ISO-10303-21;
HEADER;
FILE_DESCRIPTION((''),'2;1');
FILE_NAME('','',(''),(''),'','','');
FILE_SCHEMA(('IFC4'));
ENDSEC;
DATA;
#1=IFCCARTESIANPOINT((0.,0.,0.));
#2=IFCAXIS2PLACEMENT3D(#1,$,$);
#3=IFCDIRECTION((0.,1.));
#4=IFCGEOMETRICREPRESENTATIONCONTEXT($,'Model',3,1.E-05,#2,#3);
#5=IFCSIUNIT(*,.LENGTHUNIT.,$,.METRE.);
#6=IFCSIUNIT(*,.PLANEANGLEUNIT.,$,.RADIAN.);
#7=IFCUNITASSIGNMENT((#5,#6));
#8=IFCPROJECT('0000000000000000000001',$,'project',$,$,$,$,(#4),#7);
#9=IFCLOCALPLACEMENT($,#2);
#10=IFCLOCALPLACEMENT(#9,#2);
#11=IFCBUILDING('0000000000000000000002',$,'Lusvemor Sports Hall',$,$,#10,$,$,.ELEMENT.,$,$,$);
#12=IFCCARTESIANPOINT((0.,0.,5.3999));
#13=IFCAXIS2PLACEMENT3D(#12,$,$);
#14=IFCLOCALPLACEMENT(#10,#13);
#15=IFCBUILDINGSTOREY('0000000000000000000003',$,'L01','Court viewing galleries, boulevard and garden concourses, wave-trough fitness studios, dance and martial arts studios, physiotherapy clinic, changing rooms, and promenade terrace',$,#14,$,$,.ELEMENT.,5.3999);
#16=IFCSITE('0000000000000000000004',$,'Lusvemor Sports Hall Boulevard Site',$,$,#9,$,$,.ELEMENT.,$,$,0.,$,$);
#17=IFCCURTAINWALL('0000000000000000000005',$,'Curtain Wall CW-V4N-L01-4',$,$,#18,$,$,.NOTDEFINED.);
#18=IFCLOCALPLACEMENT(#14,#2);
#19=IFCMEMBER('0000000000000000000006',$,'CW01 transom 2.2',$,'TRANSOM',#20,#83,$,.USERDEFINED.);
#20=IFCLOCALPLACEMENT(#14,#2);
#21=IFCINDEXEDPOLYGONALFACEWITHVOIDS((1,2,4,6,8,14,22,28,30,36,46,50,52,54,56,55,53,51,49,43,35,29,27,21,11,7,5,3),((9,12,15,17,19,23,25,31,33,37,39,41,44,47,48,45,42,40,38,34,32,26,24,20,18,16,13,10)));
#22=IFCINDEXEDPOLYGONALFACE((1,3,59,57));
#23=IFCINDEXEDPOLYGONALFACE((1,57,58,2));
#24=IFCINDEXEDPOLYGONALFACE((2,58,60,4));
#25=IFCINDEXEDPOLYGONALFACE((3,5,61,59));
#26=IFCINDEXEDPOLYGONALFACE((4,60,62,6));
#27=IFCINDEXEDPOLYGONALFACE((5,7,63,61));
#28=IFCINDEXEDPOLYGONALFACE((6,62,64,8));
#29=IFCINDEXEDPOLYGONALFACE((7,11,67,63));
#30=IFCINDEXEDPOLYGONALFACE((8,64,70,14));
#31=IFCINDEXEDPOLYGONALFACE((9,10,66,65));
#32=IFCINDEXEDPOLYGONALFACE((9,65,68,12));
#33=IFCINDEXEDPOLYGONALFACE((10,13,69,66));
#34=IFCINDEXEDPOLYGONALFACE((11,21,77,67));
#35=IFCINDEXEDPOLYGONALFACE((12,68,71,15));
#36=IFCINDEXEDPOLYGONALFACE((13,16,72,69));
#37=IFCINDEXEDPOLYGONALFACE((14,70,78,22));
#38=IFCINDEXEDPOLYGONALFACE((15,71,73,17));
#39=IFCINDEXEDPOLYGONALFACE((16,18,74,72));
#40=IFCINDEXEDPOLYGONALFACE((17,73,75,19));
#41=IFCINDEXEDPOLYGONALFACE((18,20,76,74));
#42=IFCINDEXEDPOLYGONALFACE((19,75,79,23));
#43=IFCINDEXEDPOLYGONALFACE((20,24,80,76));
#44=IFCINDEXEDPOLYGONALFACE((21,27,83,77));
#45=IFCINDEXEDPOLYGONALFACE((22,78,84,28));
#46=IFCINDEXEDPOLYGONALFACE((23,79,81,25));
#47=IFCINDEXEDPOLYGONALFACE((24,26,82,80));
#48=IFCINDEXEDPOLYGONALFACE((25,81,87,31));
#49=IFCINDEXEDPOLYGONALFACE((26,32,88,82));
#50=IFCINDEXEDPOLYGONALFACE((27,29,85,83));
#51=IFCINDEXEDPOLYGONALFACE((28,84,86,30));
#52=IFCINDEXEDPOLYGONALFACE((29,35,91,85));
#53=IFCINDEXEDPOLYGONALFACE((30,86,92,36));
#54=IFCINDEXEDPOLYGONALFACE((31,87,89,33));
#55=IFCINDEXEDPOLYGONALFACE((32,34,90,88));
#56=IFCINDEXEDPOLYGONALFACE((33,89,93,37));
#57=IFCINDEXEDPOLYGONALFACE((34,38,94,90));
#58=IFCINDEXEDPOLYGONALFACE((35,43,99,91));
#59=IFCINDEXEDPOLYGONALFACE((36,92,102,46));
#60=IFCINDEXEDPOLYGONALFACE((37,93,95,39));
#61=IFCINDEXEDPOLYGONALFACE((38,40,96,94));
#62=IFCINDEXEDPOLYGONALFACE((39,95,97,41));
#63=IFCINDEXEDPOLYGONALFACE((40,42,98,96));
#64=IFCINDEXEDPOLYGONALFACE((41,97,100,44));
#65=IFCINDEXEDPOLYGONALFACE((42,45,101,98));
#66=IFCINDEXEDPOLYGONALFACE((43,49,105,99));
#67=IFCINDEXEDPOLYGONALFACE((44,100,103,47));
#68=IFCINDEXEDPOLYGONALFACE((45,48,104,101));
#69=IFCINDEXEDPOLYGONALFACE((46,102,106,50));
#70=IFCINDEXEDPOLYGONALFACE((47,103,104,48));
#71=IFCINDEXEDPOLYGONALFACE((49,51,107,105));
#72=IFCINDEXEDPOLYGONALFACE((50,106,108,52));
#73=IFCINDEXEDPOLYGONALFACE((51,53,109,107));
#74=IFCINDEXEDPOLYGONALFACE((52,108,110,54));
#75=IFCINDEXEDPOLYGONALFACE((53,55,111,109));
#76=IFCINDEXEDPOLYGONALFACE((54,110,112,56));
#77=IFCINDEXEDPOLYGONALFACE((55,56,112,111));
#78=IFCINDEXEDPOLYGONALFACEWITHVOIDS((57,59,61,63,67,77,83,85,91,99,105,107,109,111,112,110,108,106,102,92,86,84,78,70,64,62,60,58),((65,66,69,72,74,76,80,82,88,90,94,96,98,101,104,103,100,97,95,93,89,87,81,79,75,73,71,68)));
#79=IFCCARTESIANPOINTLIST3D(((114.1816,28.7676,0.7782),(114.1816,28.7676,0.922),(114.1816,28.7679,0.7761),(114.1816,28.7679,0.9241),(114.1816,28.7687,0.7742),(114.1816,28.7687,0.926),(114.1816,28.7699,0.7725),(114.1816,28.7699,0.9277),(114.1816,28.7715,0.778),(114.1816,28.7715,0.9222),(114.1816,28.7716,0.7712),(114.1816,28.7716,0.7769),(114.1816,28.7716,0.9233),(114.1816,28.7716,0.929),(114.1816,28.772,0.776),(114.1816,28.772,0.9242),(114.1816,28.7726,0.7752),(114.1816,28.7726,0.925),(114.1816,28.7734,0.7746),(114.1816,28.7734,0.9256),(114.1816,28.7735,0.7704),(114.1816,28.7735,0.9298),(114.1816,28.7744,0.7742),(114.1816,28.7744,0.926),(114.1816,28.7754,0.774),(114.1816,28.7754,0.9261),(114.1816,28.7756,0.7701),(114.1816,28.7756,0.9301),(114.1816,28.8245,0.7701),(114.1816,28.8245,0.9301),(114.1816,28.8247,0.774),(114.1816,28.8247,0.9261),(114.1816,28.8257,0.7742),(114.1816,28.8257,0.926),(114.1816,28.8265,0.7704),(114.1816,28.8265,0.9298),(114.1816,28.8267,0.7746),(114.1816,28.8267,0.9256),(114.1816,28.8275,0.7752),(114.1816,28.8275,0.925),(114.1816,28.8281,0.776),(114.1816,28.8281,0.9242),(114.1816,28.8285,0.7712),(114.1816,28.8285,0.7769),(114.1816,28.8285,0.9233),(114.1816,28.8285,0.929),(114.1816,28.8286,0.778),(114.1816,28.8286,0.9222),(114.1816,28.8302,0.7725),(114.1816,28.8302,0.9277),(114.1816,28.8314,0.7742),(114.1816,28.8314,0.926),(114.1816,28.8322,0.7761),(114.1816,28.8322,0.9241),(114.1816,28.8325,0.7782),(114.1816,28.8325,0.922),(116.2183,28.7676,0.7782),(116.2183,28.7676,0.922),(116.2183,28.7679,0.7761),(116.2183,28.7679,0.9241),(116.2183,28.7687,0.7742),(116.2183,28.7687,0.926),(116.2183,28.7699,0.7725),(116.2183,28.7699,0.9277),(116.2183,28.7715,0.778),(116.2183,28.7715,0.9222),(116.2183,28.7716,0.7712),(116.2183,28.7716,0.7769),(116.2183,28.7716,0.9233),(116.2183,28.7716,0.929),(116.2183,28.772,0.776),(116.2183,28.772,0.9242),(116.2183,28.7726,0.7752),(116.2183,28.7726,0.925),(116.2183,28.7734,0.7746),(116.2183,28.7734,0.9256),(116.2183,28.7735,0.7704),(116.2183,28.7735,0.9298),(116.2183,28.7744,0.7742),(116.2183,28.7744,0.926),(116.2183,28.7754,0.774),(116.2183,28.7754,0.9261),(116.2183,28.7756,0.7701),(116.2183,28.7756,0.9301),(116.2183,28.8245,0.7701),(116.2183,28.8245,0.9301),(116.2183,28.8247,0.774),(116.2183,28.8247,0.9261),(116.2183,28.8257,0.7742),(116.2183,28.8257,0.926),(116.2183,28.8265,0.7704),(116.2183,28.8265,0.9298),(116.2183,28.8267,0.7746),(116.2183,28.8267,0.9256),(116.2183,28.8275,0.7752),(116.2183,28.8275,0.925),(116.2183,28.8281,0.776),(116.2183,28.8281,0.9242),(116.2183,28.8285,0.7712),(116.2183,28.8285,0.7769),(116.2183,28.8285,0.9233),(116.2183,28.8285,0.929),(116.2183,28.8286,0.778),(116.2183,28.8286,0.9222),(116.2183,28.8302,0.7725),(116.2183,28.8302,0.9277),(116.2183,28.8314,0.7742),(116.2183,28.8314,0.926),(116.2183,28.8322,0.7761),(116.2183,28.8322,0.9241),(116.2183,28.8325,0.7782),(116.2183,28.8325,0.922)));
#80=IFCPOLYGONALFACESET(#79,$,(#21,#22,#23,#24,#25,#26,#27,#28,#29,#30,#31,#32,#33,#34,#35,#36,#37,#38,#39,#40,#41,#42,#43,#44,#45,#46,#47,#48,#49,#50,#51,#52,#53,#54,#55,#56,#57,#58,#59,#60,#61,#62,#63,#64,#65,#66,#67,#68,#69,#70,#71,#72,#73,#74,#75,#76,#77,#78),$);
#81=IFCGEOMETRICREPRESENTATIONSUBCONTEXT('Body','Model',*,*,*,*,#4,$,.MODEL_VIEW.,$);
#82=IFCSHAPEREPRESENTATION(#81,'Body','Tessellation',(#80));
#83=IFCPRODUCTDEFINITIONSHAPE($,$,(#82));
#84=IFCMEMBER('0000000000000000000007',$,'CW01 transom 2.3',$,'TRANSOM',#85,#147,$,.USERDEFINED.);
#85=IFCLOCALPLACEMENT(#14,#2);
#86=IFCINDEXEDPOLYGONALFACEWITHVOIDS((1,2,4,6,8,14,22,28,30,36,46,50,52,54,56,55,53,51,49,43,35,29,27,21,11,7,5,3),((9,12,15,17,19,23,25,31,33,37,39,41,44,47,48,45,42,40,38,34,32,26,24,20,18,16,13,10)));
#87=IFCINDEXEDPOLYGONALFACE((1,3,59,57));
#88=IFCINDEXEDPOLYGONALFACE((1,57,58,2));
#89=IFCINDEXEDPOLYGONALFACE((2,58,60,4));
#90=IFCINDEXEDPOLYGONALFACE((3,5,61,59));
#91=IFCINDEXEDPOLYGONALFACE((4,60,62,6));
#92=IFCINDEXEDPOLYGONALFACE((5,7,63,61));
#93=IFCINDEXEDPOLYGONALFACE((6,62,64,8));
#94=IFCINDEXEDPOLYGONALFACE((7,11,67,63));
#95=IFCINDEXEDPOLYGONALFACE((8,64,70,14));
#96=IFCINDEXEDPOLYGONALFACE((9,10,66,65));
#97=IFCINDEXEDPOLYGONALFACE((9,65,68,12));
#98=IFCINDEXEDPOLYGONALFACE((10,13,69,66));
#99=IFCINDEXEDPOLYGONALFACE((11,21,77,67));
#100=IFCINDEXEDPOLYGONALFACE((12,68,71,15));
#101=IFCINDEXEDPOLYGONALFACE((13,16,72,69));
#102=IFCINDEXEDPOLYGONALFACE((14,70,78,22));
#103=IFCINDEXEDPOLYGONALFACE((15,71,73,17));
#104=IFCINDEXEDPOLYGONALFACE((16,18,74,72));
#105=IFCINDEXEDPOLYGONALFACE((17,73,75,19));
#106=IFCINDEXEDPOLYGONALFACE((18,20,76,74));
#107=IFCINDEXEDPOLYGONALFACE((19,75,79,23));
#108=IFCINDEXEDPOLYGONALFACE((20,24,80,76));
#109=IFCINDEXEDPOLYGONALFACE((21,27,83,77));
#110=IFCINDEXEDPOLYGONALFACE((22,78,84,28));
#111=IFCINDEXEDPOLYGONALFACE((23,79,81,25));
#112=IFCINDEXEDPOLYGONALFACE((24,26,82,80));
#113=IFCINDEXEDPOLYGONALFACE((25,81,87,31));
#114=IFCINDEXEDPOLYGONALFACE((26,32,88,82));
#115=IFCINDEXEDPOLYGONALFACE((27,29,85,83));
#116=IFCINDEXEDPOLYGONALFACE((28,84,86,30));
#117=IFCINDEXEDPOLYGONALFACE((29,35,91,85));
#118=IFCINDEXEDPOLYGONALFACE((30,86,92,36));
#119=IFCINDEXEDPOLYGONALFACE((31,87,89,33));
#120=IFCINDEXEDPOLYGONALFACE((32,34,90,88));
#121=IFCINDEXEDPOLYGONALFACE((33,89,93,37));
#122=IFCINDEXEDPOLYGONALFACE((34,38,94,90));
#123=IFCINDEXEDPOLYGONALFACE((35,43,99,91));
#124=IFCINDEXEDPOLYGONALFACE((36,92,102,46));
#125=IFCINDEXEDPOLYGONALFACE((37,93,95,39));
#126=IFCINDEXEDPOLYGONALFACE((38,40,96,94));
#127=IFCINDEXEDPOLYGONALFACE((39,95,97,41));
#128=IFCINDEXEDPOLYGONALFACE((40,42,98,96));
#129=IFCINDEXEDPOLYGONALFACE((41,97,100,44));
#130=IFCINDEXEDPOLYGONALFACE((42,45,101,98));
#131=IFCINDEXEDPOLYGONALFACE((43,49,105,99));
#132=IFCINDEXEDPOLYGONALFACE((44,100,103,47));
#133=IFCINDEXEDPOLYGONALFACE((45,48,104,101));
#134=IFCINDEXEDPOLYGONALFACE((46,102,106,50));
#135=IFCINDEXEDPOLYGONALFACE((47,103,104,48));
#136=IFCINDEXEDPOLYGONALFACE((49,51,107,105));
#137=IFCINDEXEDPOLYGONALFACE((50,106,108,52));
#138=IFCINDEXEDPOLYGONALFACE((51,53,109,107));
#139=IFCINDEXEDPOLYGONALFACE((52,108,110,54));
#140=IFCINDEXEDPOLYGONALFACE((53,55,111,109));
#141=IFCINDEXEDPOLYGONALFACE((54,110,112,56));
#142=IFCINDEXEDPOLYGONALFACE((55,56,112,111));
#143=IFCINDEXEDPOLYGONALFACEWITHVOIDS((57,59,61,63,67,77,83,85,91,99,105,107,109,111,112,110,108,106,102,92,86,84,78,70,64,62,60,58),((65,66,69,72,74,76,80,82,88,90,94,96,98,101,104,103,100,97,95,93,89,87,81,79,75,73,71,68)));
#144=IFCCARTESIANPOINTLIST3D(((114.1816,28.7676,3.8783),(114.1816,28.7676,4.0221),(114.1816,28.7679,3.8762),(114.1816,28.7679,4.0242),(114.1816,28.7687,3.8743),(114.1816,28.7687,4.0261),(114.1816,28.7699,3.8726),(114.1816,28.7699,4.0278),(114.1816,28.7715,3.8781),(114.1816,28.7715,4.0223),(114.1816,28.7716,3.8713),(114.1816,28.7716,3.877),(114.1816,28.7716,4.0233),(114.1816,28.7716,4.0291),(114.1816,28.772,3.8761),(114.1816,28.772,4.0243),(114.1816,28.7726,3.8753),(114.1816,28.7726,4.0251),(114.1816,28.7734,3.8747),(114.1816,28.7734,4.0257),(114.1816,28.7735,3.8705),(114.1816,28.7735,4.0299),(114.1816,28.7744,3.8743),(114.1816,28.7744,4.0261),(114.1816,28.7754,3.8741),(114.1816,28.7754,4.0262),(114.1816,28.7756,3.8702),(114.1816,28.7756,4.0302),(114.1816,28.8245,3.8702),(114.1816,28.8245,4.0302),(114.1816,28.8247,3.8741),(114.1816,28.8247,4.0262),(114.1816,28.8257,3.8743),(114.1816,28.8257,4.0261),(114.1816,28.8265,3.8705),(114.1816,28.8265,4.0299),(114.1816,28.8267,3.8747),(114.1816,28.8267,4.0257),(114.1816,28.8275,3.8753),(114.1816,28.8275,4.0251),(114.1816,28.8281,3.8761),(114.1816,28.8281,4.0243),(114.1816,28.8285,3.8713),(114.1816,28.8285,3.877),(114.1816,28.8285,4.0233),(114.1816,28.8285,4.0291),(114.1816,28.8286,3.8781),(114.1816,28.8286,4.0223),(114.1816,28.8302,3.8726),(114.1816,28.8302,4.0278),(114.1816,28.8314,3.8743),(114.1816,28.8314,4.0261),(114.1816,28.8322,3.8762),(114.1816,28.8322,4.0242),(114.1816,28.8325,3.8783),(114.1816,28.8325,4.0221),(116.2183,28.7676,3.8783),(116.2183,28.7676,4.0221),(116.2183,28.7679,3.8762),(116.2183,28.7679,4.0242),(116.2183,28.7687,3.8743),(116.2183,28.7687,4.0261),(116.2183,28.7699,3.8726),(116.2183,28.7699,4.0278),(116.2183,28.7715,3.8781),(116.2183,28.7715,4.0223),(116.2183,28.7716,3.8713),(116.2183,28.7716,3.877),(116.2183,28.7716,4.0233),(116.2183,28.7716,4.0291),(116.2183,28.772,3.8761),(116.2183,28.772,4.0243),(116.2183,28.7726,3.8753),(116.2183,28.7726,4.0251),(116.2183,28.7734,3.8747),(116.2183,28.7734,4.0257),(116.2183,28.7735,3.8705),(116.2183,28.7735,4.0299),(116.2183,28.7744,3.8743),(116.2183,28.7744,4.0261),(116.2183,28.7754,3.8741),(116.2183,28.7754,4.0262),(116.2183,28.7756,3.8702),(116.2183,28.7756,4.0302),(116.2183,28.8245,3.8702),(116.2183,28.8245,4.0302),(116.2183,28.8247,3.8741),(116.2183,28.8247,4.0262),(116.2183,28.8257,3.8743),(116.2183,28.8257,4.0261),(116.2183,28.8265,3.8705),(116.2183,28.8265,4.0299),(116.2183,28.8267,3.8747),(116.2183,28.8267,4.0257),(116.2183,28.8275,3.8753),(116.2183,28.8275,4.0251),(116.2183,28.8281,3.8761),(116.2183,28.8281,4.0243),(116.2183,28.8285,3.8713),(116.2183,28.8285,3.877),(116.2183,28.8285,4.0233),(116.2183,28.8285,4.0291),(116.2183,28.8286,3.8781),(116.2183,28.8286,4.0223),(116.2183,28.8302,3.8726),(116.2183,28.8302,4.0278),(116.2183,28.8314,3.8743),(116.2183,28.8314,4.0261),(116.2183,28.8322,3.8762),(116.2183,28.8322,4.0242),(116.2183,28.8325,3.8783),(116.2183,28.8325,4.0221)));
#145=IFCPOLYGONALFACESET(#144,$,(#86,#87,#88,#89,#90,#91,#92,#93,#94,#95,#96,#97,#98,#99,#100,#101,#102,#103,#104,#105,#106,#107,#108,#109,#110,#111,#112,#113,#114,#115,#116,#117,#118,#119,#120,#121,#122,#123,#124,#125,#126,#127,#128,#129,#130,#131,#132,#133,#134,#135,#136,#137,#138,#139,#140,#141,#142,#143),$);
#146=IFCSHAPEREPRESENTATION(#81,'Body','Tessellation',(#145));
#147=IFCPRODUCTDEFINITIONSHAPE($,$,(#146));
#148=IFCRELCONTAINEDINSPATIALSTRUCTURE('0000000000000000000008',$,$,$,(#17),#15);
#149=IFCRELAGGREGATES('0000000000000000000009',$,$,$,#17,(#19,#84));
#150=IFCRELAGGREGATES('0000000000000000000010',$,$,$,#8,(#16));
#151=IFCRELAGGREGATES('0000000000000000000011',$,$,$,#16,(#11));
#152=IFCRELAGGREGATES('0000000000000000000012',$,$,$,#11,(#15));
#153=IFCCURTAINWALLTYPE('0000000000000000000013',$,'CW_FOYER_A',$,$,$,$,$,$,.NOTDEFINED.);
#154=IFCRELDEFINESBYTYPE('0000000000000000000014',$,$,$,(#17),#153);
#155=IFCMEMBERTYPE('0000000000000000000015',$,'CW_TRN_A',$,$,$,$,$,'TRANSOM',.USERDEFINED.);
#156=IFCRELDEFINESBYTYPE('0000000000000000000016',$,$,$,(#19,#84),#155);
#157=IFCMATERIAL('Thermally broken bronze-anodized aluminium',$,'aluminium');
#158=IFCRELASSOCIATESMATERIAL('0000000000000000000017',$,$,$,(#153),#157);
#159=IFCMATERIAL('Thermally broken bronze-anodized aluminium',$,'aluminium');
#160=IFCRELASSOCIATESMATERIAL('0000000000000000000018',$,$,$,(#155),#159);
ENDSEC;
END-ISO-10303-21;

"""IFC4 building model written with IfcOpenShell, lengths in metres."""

from ifc_helpers import new_model, si_unit, direction, frame, origin, origin_2d, place, context, subcontext, project, spatial, hollow_rectangle, extrude, material, material_profile, profile_set, type_object, element, aggregate, save


model = new_model("IFC4")

# Units and contexts
model_context = context("Model", 3, precision=1e-05, world=origin(), true_north=direction((0.0, 1.0)))
body_context = subcontext(model_context, "Body", "Model", "MODEL_VIEW")
ifc_project = project(units=[si_unit("LENGTHUNIT", "METRE"), si_unit("PLANEANGLEUNIT", "RADIAN")], contexts=[model_context])

# Site, building, storey
site_placement = place(None, origin())
site = spatial("IfcSite", under=ifc_project, at=site_placement, Name="Lusvemor Sports Hall Boulevard Site", CompositionType="ELEMENT", RefElevation=0.0)
building_placement = place(site_placement, origin())
building = spatial("IfcBuilding", under=site, at=building_placement, Name="Lusvemor Sports Hall", CompositionType="ELEMENT")
storey_placement = place(building_placement, frame((0.0, 0.0, 5.3999)))
storey = spatial("IfcBuildingStorey", under=building, at=storey_placement, Name="L01", Description="Court viewing galleries, boulevard and garden concourses, wave-trough fitness studios, dance and martial arts studios, physiotherapy clinic, changing rooms, and promenade terrace", CompositionType="ELEMENT", Elevation=5.3999)

# Curtain wall
ifc_material_1 = material(Name="Thermally broken bronze-anodized aluminium", Category="aluminium")
curtain_wall_type_1 = type_object("IfcCurtainWallType", Name="CW_FOYER_A", PredefinedType="NOTDEFINED", material=ifc_material_1)
curtain_wall_1_placement = place(storey_placement, origin())
curtain_wall_1 = element("IfcCurtainWall", 1, at=curtain_wall_1_placement, inside=storey, type_object=curtain_wall_type_1, Name="Curtain Wall CW-V4N-L01-4", PredefinedType="NOTDEFINED")

# Members
ifc_material_2 = material(Name="Thermally broken bronze-anodized aluminium", Category="aluminium")
ifc_material_profile_1 = material_profile(ifc_material_2, hollow_rectangle(XDim=0.0649, YDim=0.1599, WallThickness=0.0039, InnerFilletRadius=0.0039, OuterFilletRadius=0.0081, at=origin_2d()), Name="CWTRN160x65x4")
ifc_profile_set_1 = profile_set([ifc_material_profile_1], Name="Thermally broken bronze-anodized aluminium")
member_type_1 = type_object("IfcMemberType", Name="CW_TRN_A", ElementType="TRANSOM", PredefinedType="USERDEFINED", material=ifc_profile_set_1)
member_1_placement = place(storey_placement, frame((114.1816, 28.8, 0.8501), z_axis=(1.0, 0.0, 0.0), x_axis=(0.0, 1.0, 0.0)))
member_1 = element("IfcMember", 2, at=member_1_placement, type_object=member_type_1, Name="CW01 transom 2.2", ObjectType="TRANSOM", PredefinedType="USERDEFINED", context=body_context, shape_type="SweptSolid", body=[
    extrude(hollow_rectangle(XDim=0.0649, YDim=0.1599, WallThickness=0.0039, InnerFilletRadius=0.0039, OuterFilletRadius=0.0081, at=origin_2d()), origin(), (0.0, 0.0, 1.0), 2.0366),
])
member_2_placement = place(storey_placement, frame((114.1816, 28.8, 3.9502), z_axis=(1.0, 0.0, 0.0), x_axis=(0.0, 1.0, 0.0)))
member_2 = element("IfcMember", 3, at=member_2_placement, type_object=member_type_1, Name="CW01 transom 2.3", ObjectType="TRANSOM", PredefinedType="USERDEFINED", context=body_context, shape_type="SweptSolid", body=[
    extrude(hollow_rectangle(XDim=0.0649, YDim=0.1599, WallThickness=0.0039, InnerFilletRadius=0.0039, OuterFilletRadius=0.0081, at=origin_2d()), origin(), (0.0, 0.0, 1.0), 2.0366),
])

aggregate(curtain_wall_1, [member_1, member_2])

save(model, "model.ifc")
